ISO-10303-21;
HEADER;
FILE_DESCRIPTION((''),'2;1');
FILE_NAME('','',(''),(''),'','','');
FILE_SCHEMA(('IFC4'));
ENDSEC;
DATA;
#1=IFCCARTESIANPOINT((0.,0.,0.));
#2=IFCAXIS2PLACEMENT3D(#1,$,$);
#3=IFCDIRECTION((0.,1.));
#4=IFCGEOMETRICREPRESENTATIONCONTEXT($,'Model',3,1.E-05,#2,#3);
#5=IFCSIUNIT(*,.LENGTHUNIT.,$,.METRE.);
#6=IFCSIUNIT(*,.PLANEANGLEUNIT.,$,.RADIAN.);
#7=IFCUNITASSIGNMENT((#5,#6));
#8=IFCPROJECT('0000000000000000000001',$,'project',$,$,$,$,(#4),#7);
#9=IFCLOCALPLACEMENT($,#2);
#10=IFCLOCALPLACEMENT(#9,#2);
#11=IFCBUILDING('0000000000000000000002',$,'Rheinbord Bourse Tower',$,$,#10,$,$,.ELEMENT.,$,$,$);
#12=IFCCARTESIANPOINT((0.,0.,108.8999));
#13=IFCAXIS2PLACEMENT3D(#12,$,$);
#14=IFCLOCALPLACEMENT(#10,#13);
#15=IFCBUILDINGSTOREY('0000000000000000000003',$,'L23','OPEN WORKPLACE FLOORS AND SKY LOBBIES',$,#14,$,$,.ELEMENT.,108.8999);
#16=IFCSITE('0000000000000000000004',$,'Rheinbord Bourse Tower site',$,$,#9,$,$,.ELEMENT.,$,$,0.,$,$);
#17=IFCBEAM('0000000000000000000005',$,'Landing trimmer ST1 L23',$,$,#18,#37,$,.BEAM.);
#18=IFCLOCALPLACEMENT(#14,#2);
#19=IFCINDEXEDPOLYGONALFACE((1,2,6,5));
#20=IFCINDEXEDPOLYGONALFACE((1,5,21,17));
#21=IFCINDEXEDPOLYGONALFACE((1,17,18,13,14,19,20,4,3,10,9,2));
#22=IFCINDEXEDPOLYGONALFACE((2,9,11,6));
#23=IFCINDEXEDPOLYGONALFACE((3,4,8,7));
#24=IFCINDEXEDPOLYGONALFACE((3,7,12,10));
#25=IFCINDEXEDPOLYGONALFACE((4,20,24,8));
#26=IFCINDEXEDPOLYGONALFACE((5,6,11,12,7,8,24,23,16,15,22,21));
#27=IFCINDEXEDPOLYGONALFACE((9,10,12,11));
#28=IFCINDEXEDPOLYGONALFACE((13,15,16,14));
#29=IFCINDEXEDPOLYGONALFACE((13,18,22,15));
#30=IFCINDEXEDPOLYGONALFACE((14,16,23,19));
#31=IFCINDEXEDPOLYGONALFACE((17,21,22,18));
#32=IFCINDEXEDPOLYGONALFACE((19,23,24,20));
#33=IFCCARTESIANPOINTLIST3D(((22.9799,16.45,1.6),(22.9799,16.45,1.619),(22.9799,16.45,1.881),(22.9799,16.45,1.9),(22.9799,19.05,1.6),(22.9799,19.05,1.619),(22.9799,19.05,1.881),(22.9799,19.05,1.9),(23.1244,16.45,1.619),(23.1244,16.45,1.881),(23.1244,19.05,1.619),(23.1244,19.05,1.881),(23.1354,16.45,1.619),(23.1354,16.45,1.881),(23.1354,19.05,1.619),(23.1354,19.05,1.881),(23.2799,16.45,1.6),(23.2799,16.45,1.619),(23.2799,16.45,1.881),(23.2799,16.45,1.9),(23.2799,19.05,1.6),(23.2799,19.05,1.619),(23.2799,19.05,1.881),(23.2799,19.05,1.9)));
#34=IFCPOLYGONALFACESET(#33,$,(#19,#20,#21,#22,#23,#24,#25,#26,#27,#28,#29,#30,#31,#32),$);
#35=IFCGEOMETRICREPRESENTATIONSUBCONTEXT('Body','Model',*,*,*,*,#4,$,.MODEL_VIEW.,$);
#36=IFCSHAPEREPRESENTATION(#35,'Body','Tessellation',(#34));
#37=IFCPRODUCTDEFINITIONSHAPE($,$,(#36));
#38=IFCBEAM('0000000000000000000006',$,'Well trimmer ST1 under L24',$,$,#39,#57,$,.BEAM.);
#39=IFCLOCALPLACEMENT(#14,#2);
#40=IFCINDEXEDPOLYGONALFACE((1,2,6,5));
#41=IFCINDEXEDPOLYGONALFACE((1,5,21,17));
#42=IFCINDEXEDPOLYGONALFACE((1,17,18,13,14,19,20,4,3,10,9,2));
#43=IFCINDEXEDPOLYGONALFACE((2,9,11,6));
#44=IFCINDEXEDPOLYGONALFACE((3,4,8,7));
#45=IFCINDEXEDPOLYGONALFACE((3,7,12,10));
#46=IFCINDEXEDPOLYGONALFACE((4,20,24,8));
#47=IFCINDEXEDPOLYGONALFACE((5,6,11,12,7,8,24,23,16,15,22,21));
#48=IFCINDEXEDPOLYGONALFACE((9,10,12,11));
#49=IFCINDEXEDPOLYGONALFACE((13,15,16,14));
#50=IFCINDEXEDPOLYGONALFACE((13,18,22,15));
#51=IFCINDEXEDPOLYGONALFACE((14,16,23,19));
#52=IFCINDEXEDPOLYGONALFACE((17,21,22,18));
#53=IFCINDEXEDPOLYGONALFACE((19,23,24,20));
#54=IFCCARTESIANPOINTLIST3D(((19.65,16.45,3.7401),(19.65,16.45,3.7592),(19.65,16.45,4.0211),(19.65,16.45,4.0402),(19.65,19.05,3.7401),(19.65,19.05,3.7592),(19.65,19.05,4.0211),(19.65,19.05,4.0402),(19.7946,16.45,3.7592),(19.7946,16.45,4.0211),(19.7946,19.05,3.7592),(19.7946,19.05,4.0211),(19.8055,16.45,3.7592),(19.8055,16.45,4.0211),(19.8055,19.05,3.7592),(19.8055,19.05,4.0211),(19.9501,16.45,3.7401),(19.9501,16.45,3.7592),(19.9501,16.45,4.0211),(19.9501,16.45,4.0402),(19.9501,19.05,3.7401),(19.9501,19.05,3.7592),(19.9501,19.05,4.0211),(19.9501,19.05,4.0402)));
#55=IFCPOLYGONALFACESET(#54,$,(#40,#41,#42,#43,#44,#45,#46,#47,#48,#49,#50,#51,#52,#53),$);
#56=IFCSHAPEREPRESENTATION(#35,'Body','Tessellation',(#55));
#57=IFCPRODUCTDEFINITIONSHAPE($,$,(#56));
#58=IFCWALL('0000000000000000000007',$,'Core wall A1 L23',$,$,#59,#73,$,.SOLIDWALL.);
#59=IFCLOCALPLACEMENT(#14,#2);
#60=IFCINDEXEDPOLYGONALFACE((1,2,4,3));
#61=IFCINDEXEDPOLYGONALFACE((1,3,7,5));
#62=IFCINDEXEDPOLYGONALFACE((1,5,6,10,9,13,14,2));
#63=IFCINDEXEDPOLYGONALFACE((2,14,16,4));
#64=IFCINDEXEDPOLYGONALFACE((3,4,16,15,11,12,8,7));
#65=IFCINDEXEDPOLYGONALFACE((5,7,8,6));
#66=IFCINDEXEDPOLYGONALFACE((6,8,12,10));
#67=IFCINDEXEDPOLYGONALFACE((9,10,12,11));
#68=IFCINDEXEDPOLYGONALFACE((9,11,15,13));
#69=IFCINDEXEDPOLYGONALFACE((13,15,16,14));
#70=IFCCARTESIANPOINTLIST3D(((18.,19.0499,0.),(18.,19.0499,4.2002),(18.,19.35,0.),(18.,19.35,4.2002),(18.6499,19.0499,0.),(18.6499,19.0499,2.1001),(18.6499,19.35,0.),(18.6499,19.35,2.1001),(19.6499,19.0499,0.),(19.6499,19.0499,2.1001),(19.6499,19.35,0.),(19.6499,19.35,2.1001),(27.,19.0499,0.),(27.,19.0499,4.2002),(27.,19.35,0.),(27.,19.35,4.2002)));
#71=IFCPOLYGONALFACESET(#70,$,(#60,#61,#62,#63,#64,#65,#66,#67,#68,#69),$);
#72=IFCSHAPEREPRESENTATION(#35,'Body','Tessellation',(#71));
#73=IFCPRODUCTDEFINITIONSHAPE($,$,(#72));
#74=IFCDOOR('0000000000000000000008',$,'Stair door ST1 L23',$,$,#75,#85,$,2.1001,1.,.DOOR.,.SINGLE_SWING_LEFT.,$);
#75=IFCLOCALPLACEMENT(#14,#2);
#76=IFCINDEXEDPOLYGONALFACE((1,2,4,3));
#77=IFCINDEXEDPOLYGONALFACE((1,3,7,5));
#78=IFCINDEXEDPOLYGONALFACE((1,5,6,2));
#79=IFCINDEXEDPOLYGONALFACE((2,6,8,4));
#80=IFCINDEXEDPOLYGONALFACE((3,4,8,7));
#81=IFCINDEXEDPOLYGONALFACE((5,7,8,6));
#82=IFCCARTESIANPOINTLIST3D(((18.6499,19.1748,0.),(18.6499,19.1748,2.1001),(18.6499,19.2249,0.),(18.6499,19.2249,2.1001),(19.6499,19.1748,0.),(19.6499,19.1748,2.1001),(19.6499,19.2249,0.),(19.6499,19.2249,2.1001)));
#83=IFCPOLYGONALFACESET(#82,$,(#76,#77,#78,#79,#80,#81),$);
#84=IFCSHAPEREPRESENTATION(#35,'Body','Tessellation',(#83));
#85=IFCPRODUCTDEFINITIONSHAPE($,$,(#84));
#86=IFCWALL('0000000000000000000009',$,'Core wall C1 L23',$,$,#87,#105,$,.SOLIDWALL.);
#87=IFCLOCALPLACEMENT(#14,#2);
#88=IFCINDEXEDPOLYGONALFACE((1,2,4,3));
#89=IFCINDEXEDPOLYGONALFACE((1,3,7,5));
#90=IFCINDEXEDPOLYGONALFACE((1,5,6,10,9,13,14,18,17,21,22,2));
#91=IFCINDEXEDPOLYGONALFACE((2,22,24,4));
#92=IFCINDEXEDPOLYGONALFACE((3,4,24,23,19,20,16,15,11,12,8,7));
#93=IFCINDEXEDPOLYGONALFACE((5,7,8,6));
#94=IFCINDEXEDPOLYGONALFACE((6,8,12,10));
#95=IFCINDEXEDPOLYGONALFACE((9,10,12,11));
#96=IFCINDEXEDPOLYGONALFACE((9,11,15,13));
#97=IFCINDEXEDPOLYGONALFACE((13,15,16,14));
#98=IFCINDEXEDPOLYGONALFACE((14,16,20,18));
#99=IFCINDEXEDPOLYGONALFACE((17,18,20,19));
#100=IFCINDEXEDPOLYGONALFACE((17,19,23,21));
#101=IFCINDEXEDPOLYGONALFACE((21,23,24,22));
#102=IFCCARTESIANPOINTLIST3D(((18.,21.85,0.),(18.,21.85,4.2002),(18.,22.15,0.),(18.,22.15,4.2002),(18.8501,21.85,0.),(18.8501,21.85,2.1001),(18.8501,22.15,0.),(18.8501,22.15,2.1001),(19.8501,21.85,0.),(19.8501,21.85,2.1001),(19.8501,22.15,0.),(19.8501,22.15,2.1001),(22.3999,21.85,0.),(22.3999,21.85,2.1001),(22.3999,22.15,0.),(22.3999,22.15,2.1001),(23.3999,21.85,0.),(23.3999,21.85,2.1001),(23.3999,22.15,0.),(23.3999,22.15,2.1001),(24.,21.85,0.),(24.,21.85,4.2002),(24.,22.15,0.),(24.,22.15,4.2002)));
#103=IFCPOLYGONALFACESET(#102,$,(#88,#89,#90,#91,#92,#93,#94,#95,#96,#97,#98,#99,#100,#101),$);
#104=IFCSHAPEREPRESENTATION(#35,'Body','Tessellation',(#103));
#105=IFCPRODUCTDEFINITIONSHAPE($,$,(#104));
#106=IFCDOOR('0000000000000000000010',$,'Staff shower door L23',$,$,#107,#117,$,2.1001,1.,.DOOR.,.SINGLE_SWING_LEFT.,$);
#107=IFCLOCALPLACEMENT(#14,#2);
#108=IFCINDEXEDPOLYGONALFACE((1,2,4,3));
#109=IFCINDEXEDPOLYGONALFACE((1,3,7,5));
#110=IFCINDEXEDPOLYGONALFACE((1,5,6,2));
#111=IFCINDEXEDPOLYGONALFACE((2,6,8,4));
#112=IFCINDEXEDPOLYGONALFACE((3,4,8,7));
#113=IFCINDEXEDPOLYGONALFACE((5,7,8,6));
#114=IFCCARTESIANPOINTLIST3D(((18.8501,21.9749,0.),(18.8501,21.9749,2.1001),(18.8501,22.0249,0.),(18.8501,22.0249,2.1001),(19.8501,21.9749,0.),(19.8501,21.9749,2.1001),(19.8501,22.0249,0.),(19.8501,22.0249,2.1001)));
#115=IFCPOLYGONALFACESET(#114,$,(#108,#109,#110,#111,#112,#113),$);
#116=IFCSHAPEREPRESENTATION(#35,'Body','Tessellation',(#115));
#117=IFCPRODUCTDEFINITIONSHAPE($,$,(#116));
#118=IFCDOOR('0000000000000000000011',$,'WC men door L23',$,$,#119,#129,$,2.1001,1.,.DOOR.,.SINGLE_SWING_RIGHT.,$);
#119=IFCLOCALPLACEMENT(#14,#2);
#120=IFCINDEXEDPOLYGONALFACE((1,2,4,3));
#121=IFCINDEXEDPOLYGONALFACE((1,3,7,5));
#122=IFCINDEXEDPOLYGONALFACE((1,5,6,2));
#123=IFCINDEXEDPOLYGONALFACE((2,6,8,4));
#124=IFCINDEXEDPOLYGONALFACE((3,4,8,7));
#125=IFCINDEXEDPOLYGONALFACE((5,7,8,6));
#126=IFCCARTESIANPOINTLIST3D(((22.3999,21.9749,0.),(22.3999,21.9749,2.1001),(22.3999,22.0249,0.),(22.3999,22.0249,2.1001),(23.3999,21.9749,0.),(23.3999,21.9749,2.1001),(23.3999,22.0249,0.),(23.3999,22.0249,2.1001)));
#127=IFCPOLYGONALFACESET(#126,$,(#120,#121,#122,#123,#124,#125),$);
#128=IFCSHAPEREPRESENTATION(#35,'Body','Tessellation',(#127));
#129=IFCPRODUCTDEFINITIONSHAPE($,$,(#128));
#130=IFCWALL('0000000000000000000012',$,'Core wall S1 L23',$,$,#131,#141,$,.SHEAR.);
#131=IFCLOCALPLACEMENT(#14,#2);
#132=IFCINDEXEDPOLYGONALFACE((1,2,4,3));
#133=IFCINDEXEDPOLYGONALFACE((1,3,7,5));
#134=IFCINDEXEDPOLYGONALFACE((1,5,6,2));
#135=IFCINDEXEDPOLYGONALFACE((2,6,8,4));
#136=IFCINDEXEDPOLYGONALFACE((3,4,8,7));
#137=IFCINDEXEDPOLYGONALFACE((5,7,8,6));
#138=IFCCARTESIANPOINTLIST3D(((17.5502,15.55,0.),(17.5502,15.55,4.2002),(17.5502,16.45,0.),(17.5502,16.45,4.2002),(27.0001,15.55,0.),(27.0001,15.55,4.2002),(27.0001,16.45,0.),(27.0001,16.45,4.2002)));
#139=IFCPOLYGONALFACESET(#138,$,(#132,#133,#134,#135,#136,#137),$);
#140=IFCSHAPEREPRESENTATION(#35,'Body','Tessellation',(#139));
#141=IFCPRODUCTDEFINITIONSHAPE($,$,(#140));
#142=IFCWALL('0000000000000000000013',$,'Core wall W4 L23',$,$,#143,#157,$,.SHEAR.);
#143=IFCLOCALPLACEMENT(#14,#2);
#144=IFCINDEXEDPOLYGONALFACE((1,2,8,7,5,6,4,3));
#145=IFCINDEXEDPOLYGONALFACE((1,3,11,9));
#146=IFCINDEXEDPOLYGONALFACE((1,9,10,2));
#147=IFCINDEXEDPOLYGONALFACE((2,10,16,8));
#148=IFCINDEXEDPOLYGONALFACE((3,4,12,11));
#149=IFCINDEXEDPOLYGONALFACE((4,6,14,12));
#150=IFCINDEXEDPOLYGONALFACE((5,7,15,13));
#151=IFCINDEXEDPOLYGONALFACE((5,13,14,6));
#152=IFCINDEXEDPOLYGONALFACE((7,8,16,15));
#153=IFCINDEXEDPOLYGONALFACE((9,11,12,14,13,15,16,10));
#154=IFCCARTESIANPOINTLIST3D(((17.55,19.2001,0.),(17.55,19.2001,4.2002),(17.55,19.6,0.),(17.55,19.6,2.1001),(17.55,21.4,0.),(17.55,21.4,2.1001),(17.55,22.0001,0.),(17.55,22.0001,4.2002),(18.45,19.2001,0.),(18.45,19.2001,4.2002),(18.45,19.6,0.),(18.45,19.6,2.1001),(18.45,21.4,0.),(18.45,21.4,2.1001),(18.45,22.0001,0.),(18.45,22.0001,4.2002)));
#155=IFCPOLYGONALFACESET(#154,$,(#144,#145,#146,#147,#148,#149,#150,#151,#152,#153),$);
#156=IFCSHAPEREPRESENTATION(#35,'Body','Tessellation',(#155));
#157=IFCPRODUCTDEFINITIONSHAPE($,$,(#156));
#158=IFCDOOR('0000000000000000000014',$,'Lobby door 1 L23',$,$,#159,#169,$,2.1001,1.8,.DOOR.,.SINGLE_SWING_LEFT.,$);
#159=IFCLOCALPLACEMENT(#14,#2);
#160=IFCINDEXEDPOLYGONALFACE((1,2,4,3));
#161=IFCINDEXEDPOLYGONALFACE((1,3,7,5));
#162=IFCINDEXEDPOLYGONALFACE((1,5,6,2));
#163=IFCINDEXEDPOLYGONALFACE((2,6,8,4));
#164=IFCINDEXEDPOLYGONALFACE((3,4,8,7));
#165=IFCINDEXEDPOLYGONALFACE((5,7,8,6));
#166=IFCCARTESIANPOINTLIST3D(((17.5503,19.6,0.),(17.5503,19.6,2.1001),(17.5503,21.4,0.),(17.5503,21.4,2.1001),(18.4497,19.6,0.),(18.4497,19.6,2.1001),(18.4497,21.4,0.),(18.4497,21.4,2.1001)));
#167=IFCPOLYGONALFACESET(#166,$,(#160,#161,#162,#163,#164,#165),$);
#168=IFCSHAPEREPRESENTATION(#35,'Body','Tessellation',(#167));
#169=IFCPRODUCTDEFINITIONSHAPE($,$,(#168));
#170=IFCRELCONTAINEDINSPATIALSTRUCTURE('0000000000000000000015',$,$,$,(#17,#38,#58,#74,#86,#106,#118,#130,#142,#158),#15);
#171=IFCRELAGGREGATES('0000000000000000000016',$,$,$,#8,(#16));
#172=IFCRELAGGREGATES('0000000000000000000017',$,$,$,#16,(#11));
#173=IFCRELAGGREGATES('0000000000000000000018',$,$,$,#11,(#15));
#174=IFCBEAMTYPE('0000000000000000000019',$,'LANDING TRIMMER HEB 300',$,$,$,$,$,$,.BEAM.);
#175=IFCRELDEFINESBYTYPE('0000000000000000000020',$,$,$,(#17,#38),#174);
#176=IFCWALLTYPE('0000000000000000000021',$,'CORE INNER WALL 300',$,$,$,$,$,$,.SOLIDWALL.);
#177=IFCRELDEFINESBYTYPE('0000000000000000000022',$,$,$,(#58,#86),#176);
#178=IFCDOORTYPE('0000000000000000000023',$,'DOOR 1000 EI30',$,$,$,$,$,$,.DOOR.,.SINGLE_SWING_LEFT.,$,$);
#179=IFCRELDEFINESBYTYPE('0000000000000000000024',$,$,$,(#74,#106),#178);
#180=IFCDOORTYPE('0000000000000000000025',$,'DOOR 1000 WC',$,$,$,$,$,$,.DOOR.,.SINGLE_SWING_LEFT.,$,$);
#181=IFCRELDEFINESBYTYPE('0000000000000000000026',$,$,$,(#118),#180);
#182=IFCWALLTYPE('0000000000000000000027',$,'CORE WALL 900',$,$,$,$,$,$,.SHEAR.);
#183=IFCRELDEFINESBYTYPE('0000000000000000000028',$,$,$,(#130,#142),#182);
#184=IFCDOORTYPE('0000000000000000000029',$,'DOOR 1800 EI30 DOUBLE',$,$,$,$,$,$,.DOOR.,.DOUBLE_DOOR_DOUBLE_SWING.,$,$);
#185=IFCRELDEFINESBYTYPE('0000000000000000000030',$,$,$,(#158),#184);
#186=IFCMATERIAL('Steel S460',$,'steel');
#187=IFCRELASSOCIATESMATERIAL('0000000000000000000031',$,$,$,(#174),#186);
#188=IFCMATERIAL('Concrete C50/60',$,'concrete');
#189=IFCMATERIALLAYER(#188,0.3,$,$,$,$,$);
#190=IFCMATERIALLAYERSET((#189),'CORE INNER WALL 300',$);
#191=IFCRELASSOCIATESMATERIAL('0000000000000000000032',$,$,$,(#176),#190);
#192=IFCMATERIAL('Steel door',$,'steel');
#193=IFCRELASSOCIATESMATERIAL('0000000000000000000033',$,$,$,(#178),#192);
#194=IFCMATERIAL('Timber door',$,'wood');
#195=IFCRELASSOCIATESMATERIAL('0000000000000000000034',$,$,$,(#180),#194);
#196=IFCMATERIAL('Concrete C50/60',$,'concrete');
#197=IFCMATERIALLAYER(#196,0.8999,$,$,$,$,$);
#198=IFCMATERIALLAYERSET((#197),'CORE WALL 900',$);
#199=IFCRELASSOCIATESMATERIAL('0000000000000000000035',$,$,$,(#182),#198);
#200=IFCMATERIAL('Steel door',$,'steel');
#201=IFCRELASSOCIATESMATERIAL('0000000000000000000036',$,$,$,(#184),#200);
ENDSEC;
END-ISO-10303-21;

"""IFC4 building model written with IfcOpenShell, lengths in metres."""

from ifc_helpers import new_model, si_unit, direction, frame, frame_2d, origin, origin_2d, place, context, subcontext, project, spatial, rectangle, i_section, extrude, material, layer, layer_set, material_profile, profile_set, type_object, element, fill, save


model = new_model("IFC4")

# Units and contexts
model_context = context("Model", 3, precision=1e-05, world=origin(), true_north=direction((0.0, 1.0)))
body_context = subcontext(model_context, "Body", "Model", "MODEL_VIEW")
ifc_project = project(units=[si_unit("LENGTHUNIT", "METRE"), si_unit("PLANEANGLEUNIT", "RADIAN")], contexts=[model_context])

# Site, building, storey
site_placement = place(None, origin())
site = spatial("IfcSite", under=ifc_project, at=site_placement, Name="Rheinbord Bourse Tower site", CompositionType="ELEMENT", RefElevation=0.0)
building_placement = place(site_placement, origin())
building = spatial("IfcBuilding", under=site, at=building_placement, Name="Rheinbord Bourse Tower", CompositionType="ELEMENT")
storey_placement = place(building_placement, frame((0.0, 0.0, 108.8999)))
storey = spatial("IfcBuildingStorey", under=building, at=storey_placement, Name="L23", Description="OPEN WORKPLACE FLOORS AND SKY LOBBIES", CompositionType="ELEMENT", Elevation=108.8999)

# Beams
ifc_material_1 = material(Name="Steel S460", Category="steel")
ifc_material_profile = material_profile(ifc_material_1, i_section(OverallWidth=0.3, OverallDepth=0.3, WebThickness=0.011, FlangeThickness=0.019, at=origin_2d()), Name="HEB 300")
ifc_profile_set = profile_set([ifc_material_profile], Name="Steel S460")
beam_type = type_object("IfcBeamType", Name="LANDING TRIMMER HEB 300", PredefinedType="BEAM", material=ifc_profile_set)
for number, where, z_axis, x_axis, name in (
    (1, (23.1299, 16.45, 1.75), (0.0, 1.0, 0.0), (-1.0, 0.0, 0.0), "Landing trimmer ST1 L23"),
    (2, (19.8, 16.45, 3.8901), (0.0, 1.0, 0.0), (-1.0, 0.0, 0.0), "Well trimmer ST1 under L24"),
):
    element("IfcBeam", number, at=place(storey_placement, frame(where, z_axis=z_axis, x_axis=x_axis)), inside=storey, type_object=beam_type, Name=name, PredefinedType="BEAM", context=body_context, shape_type="SweptSolid", body=[
        extrude(i_section(OverallWidth=0.3, OverallDepth=0.3, WebThickness=0.011, FlangeThickness=0.019, at=origin_2d()), origin(), (0.0, 0.0, 1.0), 2.6001),
    ])

# Wall, opening, door
ifc_material_2 = material(Name="Concrete C50/60", Category="concrete")
ifc_layer_1 = layer(ifc_material_2, 0.3)
ifc_layer_set_1 = layer_set([ifc_layer_1], Name="CORE INNER WALL 300")
wall_type_1 = type_object("IfcWallType", Name="CORE INNER WALL 300", PredefinedType="SOLIDWALL", material=ifc_layer_set_1)
wall_1_placement = place(storey_placement, frame((18.0, 19.2, 0.0), z_axis=(0.0, 0.0, 1.0), x_axis=(1.0, 0.0, 0.0)))
wall_1 = element("IfcWall", 3, at=wall_1_placement, inside=storey, type_object=wall_type_1, Name="Core wall A1 L23", PredefinedType="SOLIDWALL", context=body_context, shape_type="SweptSolid", body=[
    extrude(rectangle(XDim=9.0, YDim=0.3, at=frame_2d((4.5, 0.0))), origin(), (0.0, 0.0, 1.0), 4.2002),
])
opening_1_placement = place(wall_1_placement, frame((0.6499, 0.0, 0.0)))
opening_1 = element("IfcOpeningElement", 4, at=opening_1_placement, cuts=wall_1, PredefinedType="OPENING", context=body_context, shape_type="SweptSolid", body=[
    extrude(rectangle(XDim=1.0, YDim=2.1001, at=frame_2d((0.5, 1.05))), frame((0.0, 0.1599, 0.0), z_axis=(0.0, -1.0, 0.0), x_axis=(1.0, 0.0, 0.0)), (0.0, 0.0, 1.0), 0.3201),
])
ifc_material_3 = material(Name="Steel door", Category="steel")
door_type_1 = type_object("IfcDoorType", Name="DOOR 1000 EI30", OperationType="SINGLE_SWING_LEFT", PredefinedType="DOOR", material=ifc_material_3)
door_1_placement = place(opening_1_placement, origin())
door_1 = element("IfcDoor", 5, at=door_1_placement, inside=storey, type_object=door_type_1, Name="Stair door ST1 L23", OperationType="SINGLE_SWING_LEFT", OverallHeight=2.1001, OverallWidth=1.0, PredefinedType="DOOR", context=body_context, shape_type="SweptSolid", body=[
    extrude(rectangle(XDim=1.0, YDim=2.1001, at=frame_2d((0.5, 1.05))), frame((0.0, 0.0249, 0.0), z_axis=(0.0, -1.0, 0.0), x_axis=(1.0, 0.0, 0.0)), (0.0, 0.0, 1.0), 0.05),
])
fill(opening_1, door_1)

# Wall, openings, doors
wall_2_placement = place(storey_placement, frame((18.0, 22.0, 0.0), z_axis=(0.0, 0.0, 1.0), x_axis=(1.0, 0.0, 0.0)))
wall_2 = element("IfcWall", 6, at=wall_2_placement, inside=storey, type_object=wall_type_1, Name="Core wall C1 L23", PredefinedType="SOLIDWALL", context=body_context, shape_type="SweptSolid", body=[
    extrude(rectangle(XDim=6.0, YDim=0.3, at=frame_2d((3.0, 0.0))), origin(), (0.0, 0.0, 1.0), 4.2002),
])
opening_2_placement = place(wall_2_placement, frame((4.3999, 0.0, 0.0)))
opening_2 = element("IfcOpeningElement", 7, at=opening_2_placement, cuts=wall_2, PredefinedType="OPENING", context=body_context, shape_type="SweptSolid", body=[
    extrude(rectangle(XDim=1.0, YDim=2.1001, at=frame_2d((0.5, 1.05))), frame((0.0, 0.1599, 0.0), z_axis=(0.0, -1.0, 0.0), x_axis=(1.0, 0.0, 0.0)), (0.0, 0.0, 1.0), 0.3201),
])
opening_3_placement = place(wall_2_placement, frame((0.8501, 0.0, 0.0)))
opening_3 = element("IfcOpeningElement", 8, at=opening_3_placement, cuts=wall_2, PredefinedType="OPENING", context=body_context, shape_type="SweptSolid", body=[
    extrude(rectangle(XDim=1.0, YDim=2.1001, at=frame_2d((0.5, 1.05))), frame((0.0, 0.1599, 0.0), z_axis=(0.0, -1.0, 0.0), x_axis=(1.0, 0.0, 0.0)), (0.0, 0.0, 1.0), 0.3201),
])
door_2_placement = place(opening_3_placement, origin())
door_2 = element("IfcDoor", 9, at=door_2_placement, inside=storey, type_object=door_type_1, Name="Staff shower door L23", OperationType="SINGLE_SWING_LEFT", OverallHeight=2.1001, OverallWidth=1.0, PredefinedType="DOOR", context=body_context, shape_type="SweptSolid", body=[
    extrude(rectangle(XDim=1.0, YDim=2.1001, at=frame_2d((0.5, 1.05))), frame((0.0, 0.0249, 0.0), z_axis=(0.0, -1.0, 0.0), x_axis=(1.0, 0.0, 0.0)), (0.0, 0.0, 1.0), 0.05),
])
fill(opening_3, door_2)
ifc_material_4 = material(Name="Timber door", Category="wood")
door_type_2 = type_object("IfcDoorType", Name="DOOR 1000 WC", OperationType="SINGLE_SWING_LEFT", PredefinedType="DOOR", material=ifc_material_4)
door_3_placement = place(opening_2_placement, origin())
door_3 = element("IfcDoor", 10, at=door_3_placement, inside=storey, type_object=door_type_2, Name="WC men door L23", OperationType="SINGLE_SWING_RIGHT", OverallHeight=2.1001, OverallWidth=1.0, PredefinedType="DOOR", context=body_context, shape_type="SweptSolid", body=[
    extrude(rectangle(XDim=1.0, YDim=2.1001, at=frame_2d((0.5, 1.05))), frame((0.0, 0.0249, 0.0), z_axis=(0.0, -1.0, 0.0), x_axis=(1.0, 0.0, 0.0)), (0.0, 0.0, 1.0), 0.05),
])
fill(opening_2, door_3)

# Wall
ifc_material_5 = material(Name="Concrete C50/60", Category="concrete")
ifc_layer_2 = layer(ifc_material_5, 0.8999)
ifc_layer_set_2 = layer_set([ifc_layer_2], Name="CORE WALL 900")
wall_type_2 = type_object("IfcWallType", Name="CORE WALL 900", PredefinedType="SHEAR", material=ifc_layer_set_2)
wall_3_placement = place(storey_placement, frame((17.55, 16.0, 0.0), z_axis=(0.0, 0.0, 1.0), x_axis=(1.0, 0.0, 0.0)))
element("IfcWall", 11, at=wall_3_placement, inside=storey, type_object=wall_type_2, Name="Core wall S1 L23", PredefinedType="SHEAR", context=body_context, shape_type="SweptSolid", body=[
    extrude(rectangle(XDim=9.45, YDim=0.8999, at=frame_2d((4.7251, 0.0))), origin(), (0.0, 0.0, 1.0), 4.2002),
])

# Wall, opening, door
wall_4_placement = place(storey_placement, frame((18.0, 22.0, 0.0), z_axis=(0.0, 0.0, 1.0), x_axis=(0.0, -1.0, 0.0)))
wall_4 = element("IfcWall", 12, at=wall_4_placement, inside=storey, type_object=wall_type_2, Name="Core wall W4 L23", PredefinedType="SHEAR", context=body_context, shape_type="SweptSolid", body=[
    extrude(rectangle(XDim=2.8, YDim=0.8999, at=frame_2d((1.3999, 0.0))), origin(), (0.0, 0.0, 1.0), 4.2002),
])
opening_4_placement = place(wall_4_placement, frame((0.6001, 0.0, 0.0)))
opening_4 = element("IfcOpeningElement", 13, at=opening_4_placement, cuts=wall_4, PredefinedType="OPENING", context=body_context, shape_type="SweptSolid", body=[
    extrude(rectangle(XDim=1.8, YDim=2.1001, at=frame_2d((0.8999, 1.05))), frame((0.0, 0.46, 0.0), z_axis=(0.0, -1.0, 0.0), x_axis=(1.0, 0.0, 0.0)), (0.0, 0.0, 1.0), 0.9199),
])
ifc_material_6 = material(Name="Steel door", Category="steel")
door_type_3 = type_object("IfcDoorType", Name="DOOR 1800 EI30 DOUBLE", OperationType="DOUBLE_DOOR_DOUBLE_SWING", PredefinedType="DOOR", material=ifc_material_6)
door_4_placement = place(opening_4_placement, origin())
door_4 = element("IfcDoor", 14, at=door_4_placement, inside=storey, type_object=door_type_3, Name="Lobby door 1 L23", OperationType="SINGLE_SWING_LEFT", OverallHeight=2.1001, OverallWidth=1.8, PredefinedType="DOOR", context=body_context, shape_type="SweptSolid", body=[
    extrude(rectangle(XDim=1.8, YDim=2.1001, at=frame_2d((0.8999, 1.05))), frame((0.0, 0.4497, 0.0), z_axis=(0.0, -1.0, 0.0), x_axis=(1.0, 0.0, 0.0)), (0.0, 0.0, 1.0), 0.8994),
])
fill(opening_4, door_4)

save(model, "model.ifc")
